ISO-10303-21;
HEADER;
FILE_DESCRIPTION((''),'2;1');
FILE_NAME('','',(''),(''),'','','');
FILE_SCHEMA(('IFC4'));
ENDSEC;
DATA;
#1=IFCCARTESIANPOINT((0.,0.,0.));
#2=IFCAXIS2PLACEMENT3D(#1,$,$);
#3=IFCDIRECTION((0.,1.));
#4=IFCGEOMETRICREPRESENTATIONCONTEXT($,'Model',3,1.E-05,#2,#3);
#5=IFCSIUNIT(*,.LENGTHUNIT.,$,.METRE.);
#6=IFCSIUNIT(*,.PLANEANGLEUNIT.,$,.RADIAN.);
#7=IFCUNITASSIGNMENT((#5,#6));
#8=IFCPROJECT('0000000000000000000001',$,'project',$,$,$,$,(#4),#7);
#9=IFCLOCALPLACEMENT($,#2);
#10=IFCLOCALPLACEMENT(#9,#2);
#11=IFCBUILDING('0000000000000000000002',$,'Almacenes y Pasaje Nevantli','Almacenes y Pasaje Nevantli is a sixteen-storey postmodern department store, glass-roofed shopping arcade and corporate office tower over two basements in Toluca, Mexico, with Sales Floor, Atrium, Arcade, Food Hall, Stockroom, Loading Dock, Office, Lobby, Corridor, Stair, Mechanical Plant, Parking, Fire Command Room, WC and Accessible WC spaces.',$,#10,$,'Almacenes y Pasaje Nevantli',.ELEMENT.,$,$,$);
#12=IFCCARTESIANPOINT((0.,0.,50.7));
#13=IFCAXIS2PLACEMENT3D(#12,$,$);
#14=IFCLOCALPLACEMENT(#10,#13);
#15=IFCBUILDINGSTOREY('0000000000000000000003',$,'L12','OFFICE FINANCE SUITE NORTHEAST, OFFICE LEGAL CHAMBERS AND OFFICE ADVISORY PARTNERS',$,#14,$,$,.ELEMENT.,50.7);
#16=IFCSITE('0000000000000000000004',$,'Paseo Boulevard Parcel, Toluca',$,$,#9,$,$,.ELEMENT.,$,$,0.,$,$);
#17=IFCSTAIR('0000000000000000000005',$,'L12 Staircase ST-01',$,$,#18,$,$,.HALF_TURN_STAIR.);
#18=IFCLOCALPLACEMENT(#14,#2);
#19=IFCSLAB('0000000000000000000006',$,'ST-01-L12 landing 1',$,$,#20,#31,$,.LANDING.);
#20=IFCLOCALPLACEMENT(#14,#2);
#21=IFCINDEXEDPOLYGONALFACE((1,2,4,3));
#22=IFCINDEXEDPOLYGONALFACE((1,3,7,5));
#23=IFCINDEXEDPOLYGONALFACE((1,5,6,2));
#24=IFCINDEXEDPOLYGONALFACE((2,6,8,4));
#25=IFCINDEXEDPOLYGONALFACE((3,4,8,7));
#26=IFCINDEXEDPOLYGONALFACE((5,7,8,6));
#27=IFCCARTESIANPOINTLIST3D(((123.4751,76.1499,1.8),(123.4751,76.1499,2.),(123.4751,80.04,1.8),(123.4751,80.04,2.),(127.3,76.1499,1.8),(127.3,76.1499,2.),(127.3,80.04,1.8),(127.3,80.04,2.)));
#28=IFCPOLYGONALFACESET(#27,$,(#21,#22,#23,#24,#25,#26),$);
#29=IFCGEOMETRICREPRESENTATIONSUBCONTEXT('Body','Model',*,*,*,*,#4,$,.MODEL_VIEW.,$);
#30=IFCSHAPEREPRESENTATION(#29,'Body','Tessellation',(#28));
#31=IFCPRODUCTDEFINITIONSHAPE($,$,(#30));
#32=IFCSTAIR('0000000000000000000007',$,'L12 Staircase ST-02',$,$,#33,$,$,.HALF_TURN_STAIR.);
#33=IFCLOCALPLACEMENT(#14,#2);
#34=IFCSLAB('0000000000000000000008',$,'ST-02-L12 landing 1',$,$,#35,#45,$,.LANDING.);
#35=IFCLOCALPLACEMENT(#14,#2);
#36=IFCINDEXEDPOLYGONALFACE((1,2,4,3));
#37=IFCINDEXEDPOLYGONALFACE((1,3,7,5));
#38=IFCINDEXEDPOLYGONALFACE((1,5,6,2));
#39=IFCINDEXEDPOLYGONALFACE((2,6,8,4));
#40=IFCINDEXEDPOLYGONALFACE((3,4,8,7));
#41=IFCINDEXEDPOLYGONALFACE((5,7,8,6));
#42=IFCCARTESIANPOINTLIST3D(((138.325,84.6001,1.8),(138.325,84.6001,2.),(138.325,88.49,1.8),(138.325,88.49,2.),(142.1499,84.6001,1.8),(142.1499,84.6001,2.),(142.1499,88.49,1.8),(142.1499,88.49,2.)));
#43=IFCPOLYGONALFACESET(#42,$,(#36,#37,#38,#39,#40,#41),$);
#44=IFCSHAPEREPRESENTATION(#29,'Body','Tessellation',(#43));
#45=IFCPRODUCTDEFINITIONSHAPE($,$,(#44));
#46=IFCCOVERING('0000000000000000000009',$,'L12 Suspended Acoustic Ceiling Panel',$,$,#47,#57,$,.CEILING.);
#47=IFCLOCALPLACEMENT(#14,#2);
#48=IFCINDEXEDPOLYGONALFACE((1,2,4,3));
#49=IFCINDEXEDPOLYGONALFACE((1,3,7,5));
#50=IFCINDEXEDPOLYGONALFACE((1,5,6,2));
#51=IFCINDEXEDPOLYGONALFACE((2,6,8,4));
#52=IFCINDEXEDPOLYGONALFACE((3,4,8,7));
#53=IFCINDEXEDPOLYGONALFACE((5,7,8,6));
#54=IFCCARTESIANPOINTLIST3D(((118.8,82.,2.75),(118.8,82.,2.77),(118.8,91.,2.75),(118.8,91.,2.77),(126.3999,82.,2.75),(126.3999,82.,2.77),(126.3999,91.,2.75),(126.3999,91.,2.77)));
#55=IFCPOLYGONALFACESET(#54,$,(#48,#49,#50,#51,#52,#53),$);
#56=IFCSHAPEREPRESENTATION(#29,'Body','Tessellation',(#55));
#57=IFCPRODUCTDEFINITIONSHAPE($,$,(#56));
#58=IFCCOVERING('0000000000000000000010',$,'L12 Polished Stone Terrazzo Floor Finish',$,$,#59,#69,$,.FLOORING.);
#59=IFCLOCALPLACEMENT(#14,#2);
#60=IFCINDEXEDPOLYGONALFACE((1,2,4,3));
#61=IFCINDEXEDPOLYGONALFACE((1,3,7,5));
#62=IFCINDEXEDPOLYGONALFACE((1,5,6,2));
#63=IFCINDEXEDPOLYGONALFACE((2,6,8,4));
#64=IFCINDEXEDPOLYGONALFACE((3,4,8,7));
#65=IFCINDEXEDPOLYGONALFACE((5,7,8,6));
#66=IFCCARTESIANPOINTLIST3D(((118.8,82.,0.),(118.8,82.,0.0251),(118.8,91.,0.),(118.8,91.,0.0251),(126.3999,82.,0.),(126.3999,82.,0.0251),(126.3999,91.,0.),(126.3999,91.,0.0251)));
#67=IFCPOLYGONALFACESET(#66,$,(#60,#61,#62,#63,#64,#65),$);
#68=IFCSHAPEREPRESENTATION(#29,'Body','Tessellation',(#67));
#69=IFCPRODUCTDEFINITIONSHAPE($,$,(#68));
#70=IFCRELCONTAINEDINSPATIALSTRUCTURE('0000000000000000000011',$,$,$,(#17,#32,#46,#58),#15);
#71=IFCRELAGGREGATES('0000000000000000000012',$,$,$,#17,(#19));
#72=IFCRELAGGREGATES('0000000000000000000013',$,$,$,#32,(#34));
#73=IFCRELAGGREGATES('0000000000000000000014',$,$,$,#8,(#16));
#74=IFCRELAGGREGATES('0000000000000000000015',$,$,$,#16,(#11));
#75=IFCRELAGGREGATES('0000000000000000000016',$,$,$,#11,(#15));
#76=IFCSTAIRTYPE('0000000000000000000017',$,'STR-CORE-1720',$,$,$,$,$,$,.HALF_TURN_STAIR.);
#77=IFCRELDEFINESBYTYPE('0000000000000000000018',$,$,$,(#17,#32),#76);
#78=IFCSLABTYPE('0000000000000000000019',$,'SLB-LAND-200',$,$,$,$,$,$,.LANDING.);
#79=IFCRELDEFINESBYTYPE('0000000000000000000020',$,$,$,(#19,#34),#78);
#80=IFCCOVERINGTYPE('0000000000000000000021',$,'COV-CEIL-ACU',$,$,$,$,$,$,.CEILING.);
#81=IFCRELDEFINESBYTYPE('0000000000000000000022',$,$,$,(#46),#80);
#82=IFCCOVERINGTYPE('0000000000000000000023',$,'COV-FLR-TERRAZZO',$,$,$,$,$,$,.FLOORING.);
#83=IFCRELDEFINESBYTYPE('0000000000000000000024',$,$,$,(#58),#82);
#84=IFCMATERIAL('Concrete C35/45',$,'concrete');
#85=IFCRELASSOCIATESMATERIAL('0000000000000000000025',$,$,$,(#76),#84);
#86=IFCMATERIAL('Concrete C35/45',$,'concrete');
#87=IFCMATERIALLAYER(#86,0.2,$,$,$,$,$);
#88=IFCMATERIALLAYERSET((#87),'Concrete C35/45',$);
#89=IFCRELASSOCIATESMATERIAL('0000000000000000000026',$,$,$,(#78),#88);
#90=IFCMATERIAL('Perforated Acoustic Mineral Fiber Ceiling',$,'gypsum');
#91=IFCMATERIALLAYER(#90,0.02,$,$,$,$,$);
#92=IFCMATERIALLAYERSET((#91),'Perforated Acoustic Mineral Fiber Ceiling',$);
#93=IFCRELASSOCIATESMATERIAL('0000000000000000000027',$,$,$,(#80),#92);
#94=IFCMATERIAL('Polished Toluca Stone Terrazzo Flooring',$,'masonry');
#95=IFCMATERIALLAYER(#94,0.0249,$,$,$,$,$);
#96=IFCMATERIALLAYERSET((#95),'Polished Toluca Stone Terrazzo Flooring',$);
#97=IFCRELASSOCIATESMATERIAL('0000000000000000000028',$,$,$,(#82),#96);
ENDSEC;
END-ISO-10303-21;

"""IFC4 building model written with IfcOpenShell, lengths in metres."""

from ifc_helpers import new_model, si_unit, direction, frame, origin, place, context, subcontext, project, spatial, polyline, outline, extrude, material, layer, layer_set, type_object, element, aggregate, save


model = new_model("IFC4")

# Units and contexts
model_context = context("Model", 3, precision=1e-05, world=origin(), true_north=direction((0.0, 1.0)))
body_context = subcontext(model_context, "Body", "Model", "MODEL_VIEW")
ifc_project = project(units=[si_unit("LENGTHUNIT", "METRE"), si_unit("PLANEANGLEUNIT", "RADIAN")], contexts=[model_context])

# Site, building, storey
site_placement = place(None, origin())
site = spatial("IfcSite", under=ifc_project, at=site_placement, Name="Paseo Boulevard Parcel, Toluca", CompositionType="ELEMENT", RefElevation=0.0)
building_placement = place(site_placement, origin())
building = spatial("IfcBuilding", under=site, at=building_placement, Name="Almacenes y Pasaje Nevantli", Description="Almacenes y Pasaje Nevantli is a sixteen-storey postmodern department store, glass-roofed shopping arcade and corporate office tower over two basements in Toluca, Mexico, with Sales Floor, Atrium, Arcade, Food Hall, Stockroom, Loading Dock, Office, Lobby, Corridor, Stair, Mechanical Plant, Parking, Fire Command Room, WC and Accessible WC spaces.", LongName="Almacenes y Pasaje Nevantli", CompositionType="ELEMENT")
storey_placement = place(building_placement, frame((0.0, 0.0, 50.7)))
storey = spatial("IfcBuildingStorey", under=building, at=storey_placement, Name="L12", Description="OFFICE FINANCE SUITE NORTHEAST, OFFICE LEGAL CHAMBERS AND OFFICE ADVISORY PARTNERS", CompositionType="ELEMENT", Elevation=50.7)

# Stairs, slabs
ifc_material_1 = material(Name="Concrete C35/45", Category="concrete")
stair_type = type_object("IfcStairType", Name="STR-CORE-1720", PredefinedType="HALF_TURN_STAIR", material=ifc_material_1)
stair_1_placement = place(storey_placement, origin())
stair_1 = element("IfcStair", 1, at=stair_1_placement, inside=storey, type_object=stair_type, Name="L12 Staircase ST-01", PredefinedType="HALF_TURN_STAIR")
ifc_material_2 = material(Name="Concrete C35/45", Category="concrete")
ifc_layer_1 = layer(ifc_material_2, 0.2)
ifc_layer_set_1 = layer_set([ifc_layer_1], Name="Concrete C35/45")
slab_type_1 = type_object("IfcSlabType", Name="SLB-LAND-200", PredefinedType="LANDING", material=ifc_layer_set_1)
slab_1_placement = place(storey_placement, frame((0.0, 0.0, 1.8)))
slab_1 = element("IfcSlab", 2, at=slab_1_placement, type_object=slab_type_1, Name="ST-01-L12 landing 1", PredefinedType="LANDING", context=body_context, shape_type="SweptSolid", body=[
    extrude(outline(polyline([(123.4751, 76.1499), (127.3, 76.1499), (127.3, 80.04), (123.4751, 80.04), (123.4751, 76.1499)])), origin(), (0.0, 0.0, 1.0), 0.2),
])
aggregate(stair_1, [slab_1])
stair_2_placement = place(storey_placement, origin())
stair_2 = element("IfcStair", 3, at=stair_2_placement, inside=storey, type_object=stair_type, Name="L12 Staircase ST-02", PredefinedType="HALF_TURN_STAIR")
slab_2_placement = place(storey_placement, frame((0.0, 0.0, 1.8)))
slab_2 = element("IfcSlab", 4, at=slab_2_placement, type_object=slab_type_1, Name="ST-02-L12 landing 1", PredefinedType="LANDING", context=body_context, shape_type="SweptSolid", body=[
    extrude(outline(polyline([(138.325, 84.6001), (142.1499, 84.6001), (142.1499, 88.49), (138.325, 88.49), (138.325, 84.6001)])), origin(), (0.0, 0.0, 1.0), 0.2),
])
aggregate(stair_2, [slab_2])

# Coverings
ifc_material_3 = material(Name="Perforated Acoustic Mineral Fiber Ceiling", Category="gypsum")
ifc_layer_2 = layer(ifc_material_3, 0.02)
ifc_layer_set_2 = layer_set([ifc_layer_2], Name="Perforated Acoustic Mineral Fiber Ceiling")
covering_type_1 = type_object("IfcCoveringType", Name="COV-CEIL-ACU", PredefinedType="CEILING", material=ifc_layer_set_2)
covering_1_placement = place(storey_placement, frame((0.0, 0.0, 2.75)))
element("IfcCovering", 5, at=covering_1_placement, inside=storey, type_object=covering_type_1, Name="L12 Suspended Acoustic Ceiling Panel", PredefinedType="CEILING", context=body_context, shape_type="SweptSolid", body=[
    extrude(outline(polyline([(118.8, 82.0), (126.3999, 82.0), (126.3999, 91.0), (118.8, 91.0), (118.8, 82.0)])), origin(), (0.0, 0.0, 1.0), 0.02),
])
ifc_material_4 = material(Name="Polished Toluca Stone Terrazzo Flooring", Category="masonry")
ifc_layer_3 = layer(ifc_material_4, 0.0249)
ifc_layer_set_3 = layer_set([ifc_layer_3], Name="Polished Toluca Stone Terrazzo Flooring")
covering_type_2 = type_object("IfcCoveringType", Name="COV-FLR-TERRAZZO", PredefinedType="FLOORING", material=ifc_layer_set_3)
covering_2_placement = place(storey_placement, origin())
element("IfcCovering", 6, at=covering_2_placement, inside=storey, type_object=covering_type_2, Name="L12 Polished Stone Terrazzo Floor Finish", PredefinedType="FLOORING", context=body_context, shape_type="SweptSolid", body=[
    extrude(outline(polyline([(118.8, 82.0), (126.3999, 82.0), (126.3999, 91.0), (118.8, 91.0), (118.8, 82.0)])), origin(), (0.0, 0.0, 1.0), 0.0251),
])

save(model, "model.ifc")
